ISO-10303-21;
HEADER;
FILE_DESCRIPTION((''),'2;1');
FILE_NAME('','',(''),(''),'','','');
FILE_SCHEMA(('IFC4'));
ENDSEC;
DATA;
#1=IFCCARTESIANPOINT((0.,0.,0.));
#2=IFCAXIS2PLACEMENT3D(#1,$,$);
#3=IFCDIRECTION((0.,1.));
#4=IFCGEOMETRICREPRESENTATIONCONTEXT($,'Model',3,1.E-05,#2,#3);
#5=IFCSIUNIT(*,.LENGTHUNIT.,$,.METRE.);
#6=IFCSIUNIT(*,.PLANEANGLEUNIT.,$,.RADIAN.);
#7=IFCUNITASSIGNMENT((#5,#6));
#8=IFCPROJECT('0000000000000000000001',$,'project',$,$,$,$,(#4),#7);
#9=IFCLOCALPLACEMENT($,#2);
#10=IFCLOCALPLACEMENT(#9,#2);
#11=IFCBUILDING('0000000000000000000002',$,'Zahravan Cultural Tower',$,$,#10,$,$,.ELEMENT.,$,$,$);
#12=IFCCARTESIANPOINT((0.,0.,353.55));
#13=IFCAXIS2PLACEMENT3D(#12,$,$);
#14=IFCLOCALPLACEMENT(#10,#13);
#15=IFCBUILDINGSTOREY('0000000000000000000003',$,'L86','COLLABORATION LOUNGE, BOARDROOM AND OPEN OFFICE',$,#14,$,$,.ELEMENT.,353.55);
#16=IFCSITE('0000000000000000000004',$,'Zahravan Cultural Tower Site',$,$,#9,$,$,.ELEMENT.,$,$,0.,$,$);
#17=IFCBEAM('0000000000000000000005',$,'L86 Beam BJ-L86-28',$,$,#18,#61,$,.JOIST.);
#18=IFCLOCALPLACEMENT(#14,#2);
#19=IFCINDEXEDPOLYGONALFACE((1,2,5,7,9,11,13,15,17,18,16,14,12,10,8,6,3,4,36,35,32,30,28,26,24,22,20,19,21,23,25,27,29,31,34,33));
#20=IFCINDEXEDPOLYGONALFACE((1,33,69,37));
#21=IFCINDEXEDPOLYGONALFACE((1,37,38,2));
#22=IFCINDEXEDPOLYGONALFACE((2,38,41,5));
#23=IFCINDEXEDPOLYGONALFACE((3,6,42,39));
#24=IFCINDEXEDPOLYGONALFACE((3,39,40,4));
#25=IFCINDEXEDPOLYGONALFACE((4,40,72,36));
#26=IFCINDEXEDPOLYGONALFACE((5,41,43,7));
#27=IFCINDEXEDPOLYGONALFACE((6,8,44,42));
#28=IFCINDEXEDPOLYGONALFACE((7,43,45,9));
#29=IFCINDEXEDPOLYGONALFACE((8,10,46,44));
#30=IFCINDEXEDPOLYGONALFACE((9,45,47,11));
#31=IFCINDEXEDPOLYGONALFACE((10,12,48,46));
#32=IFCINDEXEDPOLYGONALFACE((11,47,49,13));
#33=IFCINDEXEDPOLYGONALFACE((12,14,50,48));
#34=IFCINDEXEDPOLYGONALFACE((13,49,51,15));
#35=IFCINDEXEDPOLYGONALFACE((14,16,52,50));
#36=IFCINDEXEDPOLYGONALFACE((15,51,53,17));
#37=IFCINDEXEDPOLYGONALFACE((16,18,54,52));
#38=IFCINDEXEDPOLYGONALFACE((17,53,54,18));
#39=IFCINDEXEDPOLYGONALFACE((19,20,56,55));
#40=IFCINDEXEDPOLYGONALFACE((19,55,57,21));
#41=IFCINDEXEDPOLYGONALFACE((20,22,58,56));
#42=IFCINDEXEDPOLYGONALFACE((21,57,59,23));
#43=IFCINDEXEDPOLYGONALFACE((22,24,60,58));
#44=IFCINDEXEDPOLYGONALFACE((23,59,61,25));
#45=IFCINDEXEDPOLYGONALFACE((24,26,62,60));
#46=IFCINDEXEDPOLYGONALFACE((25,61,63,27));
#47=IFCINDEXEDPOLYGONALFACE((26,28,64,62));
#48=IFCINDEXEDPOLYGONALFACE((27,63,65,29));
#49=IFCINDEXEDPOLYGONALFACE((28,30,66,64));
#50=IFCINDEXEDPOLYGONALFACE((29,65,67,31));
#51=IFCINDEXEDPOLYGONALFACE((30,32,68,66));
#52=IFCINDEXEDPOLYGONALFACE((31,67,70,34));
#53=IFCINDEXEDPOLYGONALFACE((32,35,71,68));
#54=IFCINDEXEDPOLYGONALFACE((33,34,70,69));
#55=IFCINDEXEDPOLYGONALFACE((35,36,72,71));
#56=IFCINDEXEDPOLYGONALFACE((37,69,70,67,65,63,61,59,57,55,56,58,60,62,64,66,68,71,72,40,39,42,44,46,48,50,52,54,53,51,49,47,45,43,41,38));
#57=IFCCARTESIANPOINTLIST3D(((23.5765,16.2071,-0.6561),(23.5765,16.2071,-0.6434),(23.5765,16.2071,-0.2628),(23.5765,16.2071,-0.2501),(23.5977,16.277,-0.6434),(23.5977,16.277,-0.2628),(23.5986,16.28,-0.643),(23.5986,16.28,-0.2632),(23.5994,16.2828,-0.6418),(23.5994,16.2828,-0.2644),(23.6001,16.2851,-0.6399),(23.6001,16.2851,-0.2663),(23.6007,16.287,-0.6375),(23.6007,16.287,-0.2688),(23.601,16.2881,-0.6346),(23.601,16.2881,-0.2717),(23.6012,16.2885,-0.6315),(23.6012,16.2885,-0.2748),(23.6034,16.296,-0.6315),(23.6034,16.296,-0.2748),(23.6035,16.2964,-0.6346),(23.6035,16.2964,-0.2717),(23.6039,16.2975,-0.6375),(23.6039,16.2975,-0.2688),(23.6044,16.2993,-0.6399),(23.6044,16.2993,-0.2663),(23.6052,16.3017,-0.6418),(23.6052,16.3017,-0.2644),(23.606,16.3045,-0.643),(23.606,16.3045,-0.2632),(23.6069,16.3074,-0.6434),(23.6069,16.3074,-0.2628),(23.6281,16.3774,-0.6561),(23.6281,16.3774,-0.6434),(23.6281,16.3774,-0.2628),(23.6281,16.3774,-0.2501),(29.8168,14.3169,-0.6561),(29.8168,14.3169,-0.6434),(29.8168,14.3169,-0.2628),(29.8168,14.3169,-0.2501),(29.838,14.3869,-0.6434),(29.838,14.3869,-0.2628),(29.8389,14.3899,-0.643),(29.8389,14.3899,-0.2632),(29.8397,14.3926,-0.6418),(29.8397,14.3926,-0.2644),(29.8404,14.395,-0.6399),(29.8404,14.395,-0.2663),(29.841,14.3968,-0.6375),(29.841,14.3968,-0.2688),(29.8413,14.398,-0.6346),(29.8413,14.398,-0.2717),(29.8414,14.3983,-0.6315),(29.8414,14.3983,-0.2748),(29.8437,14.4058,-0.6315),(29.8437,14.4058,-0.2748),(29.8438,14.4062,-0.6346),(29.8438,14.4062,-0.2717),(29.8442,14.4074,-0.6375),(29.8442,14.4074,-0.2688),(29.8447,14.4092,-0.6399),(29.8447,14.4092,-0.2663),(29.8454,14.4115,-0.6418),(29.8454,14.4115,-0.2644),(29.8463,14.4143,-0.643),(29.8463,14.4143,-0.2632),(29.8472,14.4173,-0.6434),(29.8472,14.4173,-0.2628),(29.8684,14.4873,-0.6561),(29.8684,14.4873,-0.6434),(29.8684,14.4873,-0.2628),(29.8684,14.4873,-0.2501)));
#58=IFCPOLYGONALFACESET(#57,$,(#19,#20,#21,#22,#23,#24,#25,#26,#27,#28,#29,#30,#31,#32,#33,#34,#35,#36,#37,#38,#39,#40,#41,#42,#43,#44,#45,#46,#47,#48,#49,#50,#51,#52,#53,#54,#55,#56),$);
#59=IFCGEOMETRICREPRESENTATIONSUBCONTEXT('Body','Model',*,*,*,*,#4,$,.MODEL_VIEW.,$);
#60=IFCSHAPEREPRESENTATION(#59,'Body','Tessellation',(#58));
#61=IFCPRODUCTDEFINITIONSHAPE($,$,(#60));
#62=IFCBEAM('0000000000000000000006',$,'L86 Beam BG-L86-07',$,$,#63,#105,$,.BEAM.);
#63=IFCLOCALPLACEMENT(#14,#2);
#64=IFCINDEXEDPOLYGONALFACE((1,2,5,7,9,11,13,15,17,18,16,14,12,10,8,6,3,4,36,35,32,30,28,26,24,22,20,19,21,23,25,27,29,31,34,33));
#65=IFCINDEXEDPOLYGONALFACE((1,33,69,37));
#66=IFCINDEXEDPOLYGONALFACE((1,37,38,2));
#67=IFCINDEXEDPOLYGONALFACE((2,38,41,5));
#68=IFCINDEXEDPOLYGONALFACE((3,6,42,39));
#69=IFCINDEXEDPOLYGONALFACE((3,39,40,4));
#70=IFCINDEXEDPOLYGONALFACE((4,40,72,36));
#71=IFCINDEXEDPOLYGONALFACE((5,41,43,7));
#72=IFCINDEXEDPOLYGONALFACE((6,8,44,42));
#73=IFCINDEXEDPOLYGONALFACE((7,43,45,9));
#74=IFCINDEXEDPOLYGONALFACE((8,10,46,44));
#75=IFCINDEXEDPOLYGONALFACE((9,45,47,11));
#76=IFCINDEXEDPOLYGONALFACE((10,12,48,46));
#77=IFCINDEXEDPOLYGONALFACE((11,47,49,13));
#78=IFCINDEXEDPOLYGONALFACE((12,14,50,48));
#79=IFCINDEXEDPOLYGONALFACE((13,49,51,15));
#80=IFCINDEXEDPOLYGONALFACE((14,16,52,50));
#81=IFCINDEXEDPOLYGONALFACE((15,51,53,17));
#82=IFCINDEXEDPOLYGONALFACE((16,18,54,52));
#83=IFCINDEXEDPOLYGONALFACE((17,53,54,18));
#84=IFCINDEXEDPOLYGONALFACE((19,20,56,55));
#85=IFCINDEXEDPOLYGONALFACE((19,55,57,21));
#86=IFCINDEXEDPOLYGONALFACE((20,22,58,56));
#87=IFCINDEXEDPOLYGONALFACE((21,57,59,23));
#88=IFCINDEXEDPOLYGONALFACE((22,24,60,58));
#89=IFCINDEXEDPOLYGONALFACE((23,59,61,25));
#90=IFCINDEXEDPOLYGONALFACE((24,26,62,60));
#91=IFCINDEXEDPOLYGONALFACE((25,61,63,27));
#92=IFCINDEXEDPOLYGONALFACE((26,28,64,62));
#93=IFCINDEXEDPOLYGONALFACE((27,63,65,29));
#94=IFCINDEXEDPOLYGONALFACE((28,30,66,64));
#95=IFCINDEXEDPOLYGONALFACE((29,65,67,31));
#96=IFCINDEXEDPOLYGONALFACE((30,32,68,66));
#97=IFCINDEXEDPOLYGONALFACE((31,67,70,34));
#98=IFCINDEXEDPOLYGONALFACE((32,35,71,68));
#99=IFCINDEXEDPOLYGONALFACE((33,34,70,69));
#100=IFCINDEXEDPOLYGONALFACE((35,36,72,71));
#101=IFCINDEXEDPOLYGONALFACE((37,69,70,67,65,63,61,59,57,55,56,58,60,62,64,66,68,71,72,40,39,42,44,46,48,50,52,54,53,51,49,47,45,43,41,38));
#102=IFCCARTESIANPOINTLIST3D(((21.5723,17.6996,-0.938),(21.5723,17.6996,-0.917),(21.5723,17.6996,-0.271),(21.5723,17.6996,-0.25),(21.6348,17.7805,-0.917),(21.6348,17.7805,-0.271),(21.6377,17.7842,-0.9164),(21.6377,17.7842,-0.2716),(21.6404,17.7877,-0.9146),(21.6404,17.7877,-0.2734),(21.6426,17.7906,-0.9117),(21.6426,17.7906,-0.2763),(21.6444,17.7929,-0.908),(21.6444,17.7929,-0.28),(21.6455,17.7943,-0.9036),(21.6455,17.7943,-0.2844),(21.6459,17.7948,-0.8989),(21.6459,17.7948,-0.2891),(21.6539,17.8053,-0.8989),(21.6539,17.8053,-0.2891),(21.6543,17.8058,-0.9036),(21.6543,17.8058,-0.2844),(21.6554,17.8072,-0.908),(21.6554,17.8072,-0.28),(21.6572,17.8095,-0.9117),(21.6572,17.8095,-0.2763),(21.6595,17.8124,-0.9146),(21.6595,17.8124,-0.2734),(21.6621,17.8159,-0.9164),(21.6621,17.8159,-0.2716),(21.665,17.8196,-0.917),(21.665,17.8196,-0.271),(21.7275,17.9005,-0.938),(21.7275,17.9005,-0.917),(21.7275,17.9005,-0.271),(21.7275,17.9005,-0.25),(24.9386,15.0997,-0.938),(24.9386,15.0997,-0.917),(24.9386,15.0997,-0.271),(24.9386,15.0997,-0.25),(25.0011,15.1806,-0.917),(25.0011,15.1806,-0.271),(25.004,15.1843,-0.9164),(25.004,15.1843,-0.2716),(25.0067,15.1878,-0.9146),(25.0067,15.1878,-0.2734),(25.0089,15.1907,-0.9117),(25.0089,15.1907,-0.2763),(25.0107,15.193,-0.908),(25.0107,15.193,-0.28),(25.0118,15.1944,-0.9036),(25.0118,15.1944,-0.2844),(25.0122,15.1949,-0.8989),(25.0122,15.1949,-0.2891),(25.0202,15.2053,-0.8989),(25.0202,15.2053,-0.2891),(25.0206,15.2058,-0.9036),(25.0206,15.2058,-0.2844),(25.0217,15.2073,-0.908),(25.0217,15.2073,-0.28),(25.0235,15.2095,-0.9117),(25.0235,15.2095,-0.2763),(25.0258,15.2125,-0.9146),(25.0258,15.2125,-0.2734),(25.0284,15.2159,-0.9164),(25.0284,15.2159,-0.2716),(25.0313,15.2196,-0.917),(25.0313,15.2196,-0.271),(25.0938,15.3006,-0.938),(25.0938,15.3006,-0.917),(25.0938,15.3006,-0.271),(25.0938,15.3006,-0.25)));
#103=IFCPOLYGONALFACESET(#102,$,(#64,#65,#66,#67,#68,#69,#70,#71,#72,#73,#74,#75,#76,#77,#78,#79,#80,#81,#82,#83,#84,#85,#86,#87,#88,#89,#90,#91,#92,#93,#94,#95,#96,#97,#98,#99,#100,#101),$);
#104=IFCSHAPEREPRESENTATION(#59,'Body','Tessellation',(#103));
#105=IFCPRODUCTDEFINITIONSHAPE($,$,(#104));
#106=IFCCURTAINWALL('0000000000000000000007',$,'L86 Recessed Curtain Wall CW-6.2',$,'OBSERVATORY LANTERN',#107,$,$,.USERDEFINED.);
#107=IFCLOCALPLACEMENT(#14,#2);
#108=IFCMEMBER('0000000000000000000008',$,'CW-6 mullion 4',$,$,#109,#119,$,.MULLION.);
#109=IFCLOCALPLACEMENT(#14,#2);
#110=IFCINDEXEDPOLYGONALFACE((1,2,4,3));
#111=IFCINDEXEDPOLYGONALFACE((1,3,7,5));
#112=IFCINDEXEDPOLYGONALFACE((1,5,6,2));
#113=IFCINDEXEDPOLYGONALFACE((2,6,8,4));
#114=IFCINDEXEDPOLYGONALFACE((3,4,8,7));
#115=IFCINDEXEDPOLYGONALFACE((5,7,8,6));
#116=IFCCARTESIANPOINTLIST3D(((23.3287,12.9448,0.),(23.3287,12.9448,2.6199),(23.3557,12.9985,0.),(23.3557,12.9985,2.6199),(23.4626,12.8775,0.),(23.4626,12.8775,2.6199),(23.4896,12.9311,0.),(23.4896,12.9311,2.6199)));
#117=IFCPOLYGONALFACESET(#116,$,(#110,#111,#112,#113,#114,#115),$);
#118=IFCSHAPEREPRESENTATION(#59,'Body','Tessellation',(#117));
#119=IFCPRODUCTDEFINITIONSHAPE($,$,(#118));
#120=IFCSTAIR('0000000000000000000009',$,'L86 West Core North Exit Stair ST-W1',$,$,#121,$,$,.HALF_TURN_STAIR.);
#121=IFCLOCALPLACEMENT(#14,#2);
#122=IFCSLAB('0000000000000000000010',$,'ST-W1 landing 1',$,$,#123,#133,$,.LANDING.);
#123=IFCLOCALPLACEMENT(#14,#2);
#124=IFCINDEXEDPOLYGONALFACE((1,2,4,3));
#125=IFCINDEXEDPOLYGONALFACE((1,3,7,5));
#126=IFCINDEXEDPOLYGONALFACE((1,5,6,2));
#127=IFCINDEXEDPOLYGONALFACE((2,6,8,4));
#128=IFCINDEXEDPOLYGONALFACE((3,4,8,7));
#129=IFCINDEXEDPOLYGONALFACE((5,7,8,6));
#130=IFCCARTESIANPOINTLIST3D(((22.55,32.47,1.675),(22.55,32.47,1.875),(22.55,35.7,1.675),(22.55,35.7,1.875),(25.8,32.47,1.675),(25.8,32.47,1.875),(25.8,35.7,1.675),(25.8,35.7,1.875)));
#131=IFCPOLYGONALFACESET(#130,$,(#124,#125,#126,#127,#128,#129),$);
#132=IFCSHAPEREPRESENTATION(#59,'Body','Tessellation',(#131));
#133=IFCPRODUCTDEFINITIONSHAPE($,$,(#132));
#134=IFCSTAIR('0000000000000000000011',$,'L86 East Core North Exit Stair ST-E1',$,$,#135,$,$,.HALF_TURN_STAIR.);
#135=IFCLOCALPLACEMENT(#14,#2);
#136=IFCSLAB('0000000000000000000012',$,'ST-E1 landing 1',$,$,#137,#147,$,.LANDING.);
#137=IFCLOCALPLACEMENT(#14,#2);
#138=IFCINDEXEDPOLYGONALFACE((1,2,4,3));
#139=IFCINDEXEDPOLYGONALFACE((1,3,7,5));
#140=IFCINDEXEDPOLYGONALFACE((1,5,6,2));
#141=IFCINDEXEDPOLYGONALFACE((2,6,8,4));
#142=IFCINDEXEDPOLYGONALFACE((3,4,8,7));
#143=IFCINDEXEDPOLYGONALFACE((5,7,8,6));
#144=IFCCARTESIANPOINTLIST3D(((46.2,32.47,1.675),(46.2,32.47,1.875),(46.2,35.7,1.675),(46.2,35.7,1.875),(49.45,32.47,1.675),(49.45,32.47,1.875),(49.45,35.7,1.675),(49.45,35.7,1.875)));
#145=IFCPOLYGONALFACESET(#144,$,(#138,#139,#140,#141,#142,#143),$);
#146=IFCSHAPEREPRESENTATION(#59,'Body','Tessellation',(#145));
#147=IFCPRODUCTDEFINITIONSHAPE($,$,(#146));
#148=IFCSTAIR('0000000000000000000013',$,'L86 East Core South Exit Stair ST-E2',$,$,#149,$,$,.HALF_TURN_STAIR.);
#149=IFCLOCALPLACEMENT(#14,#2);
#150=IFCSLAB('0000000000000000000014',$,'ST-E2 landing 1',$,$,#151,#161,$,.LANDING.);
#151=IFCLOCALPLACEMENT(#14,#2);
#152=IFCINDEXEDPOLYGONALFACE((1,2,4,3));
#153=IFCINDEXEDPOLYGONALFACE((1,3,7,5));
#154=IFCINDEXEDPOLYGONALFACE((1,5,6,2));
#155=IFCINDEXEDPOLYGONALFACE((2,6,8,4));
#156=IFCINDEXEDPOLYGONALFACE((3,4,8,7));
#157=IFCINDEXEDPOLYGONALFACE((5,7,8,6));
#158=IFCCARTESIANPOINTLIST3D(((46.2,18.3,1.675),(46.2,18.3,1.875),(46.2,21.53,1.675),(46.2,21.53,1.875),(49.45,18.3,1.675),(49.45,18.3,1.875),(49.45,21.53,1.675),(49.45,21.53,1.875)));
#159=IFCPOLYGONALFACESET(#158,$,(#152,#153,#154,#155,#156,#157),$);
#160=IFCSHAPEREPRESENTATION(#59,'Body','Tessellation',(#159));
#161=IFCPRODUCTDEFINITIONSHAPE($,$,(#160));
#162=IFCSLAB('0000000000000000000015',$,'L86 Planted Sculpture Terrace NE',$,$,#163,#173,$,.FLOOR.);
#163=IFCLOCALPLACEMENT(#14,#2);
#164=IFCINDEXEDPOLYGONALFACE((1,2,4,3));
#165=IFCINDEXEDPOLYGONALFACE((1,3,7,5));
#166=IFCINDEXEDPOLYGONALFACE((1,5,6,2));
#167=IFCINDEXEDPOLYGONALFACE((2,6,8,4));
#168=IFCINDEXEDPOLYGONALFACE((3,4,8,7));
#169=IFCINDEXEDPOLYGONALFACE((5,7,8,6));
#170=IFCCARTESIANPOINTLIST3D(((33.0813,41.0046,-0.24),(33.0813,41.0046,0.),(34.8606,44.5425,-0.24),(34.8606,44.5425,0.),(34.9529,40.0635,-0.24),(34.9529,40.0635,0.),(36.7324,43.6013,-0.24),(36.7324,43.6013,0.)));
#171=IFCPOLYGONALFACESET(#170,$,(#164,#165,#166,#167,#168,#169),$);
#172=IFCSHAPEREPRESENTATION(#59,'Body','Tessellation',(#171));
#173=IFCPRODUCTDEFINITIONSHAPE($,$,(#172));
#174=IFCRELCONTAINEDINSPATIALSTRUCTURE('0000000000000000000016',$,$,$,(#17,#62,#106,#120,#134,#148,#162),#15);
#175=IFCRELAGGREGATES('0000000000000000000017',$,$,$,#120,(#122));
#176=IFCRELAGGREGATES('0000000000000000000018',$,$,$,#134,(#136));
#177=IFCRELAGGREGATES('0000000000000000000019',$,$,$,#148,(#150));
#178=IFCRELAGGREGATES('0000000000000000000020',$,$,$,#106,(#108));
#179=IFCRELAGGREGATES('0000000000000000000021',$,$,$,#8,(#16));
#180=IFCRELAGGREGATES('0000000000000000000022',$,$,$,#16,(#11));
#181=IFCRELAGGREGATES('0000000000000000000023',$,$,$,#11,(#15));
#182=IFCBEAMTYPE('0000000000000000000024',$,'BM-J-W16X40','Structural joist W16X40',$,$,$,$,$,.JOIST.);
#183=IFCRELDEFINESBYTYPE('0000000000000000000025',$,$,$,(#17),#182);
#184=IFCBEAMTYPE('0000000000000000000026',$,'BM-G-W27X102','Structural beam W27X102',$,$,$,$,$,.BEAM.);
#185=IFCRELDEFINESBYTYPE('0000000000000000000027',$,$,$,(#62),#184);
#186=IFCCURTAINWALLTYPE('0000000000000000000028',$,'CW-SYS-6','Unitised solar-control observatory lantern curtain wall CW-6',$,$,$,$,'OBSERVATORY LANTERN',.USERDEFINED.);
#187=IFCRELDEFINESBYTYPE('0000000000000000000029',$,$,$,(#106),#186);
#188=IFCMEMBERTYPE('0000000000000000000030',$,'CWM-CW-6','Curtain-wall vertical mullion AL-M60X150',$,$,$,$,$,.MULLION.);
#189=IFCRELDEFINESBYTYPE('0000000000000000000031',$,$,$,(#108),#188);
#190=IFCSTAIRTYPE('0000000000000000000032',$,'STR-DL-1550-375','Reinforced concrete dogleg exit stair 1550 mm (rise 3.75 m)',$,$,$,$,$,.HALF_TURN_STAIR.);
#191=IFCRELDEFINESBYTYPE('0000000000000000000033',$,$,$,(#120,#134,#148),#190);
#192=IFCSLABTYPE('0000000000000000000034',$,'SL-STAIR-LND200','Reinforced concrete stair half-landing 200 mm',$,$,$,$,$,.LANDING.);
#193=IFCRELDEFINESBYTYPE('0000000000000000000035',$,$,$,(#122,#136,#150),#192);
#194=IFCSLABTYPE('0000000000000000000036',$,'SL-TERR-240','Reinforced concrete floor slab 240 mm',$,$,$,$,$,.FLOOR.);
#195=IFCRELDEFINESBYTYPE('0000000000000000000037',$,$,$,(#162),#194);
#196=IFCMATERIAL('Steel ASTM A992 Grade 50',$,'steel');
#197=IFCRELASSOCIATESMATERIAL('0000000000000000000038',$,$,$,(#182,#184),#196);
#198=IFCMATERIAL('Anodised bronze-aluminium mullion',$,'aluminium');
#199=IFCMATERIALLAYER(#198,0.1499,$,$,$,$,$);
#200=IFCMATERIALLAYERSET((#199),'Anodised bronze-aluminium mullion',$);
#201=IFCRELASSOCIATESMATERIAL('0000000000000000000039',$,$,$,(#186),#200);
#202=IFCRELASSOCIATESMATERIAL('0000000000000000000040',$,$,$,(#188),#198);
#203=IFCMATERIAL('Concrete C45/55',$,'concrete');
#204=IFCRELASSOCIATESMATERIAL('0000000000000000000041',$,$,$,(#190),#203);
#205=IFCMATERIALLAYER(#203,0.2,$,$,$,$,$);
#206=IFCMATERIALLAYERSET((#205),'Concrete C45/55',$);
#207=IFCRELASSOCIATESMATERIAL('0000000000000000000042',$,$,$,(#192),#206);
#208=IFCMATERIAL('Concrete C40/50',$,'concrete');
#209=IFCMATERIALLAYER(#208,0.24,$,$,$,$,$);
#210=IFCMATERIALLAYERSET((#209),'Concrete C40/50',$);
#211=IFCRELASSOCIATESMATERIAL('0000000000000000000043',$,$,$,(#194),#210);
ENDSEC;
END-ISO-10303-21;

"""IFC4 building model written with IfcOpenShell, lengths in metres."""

from ifc_helpers import new_model, si_unit, direction, frame, origin, origin_2d, place, context, subcontext, project, spatial, polyline, rectangle, i_section, outline, extrude, source, transform, mapped, material, layer, layer_set, material_profile, profile_set, type_object, element, aggregate, save


model = new_model("IFC4")

# Units and contexts
model_context = context("Model", 3, precision=1e-05, world=origin(), true_north=direction((0.0, 1.0)))
body_context = subcontext(model_context, "Body", "Model", "MODEL_VIEW")
ifc_project = project(units=[si_unit("LENGTHUNIT", "METRE"), si_unit("PLANEANGLEUNIT", "RADIAN")], contexts=[model_context])

# Site, building, storey
site_placement = place(None, origin())
site = spatial("IfcSite", under=ifc_project, at=site_placement, Name="Zahravan Cultural Tower Site", CompositionType="ELEMENT", RefElevation=0.0)
building_placement = place(site_placement, origin())
building = spatial("IfcBuilding", under=site, at=building_placement, Name="Zahravan Cultural Tower", CompositionType="ELEMENT")
storey_placement = place(building_placement, frame((0.0, 0.0, 353.55)))
storey = spatial("IfcBuildingStorey", under=building, at=storey_placement, Name="L86", Description="COLLABORATION LOUNGE, BOARDROOM AND OPEN OFFICE", CompositionType="ELEMENT", Elevation=353.55)

# Beams
ifc_material_1 = material(Name="Steel ASTM A992 Grade 50", Category="steel")
ifc_material_profile_1 = material_profile(ifc_material_1, i_section(OverallWidth=0.178, OverallDepth=0.406, WebThickness=0.0078, FlangeThickness=0.0127, FilletRadius=0.012, at=origin_2d()), Name="W16X40")
ifc_profile_set_1 = profile_set([ifc_material_profile_1], Name="Steel ASTM A992 Grade 50")
beam_type_1 = type_object("IfcBeamType", Name="BM-J-W16X40", Description="Structural joist W16X40", PredefinedType="JOIST", material=ifc_profile_set_1)
shared_shape_1 = source(origin(), body_context, "Body", "SweptSolid", [
    extrude(i_section(OverallWidth=0.178, OverallDepth=0.406, WebThickness=0.0078, FlangeThickness=0.0127, FilletRadius=0.012, at=origin_2d()), origin(), (0.0, 0.0, 1.0), 6.5203),
])
beam_1_placement = place(storey_placement, frame((23.6023, 16.2922, -0.4531), z_axis=(0.95706, -0.289889, 0.0), x_axis=(0.289889, 0.95706, 0.0)))
element("IfcBeam", 1, at=beam_1_placement, inside=storey, type_object=beam_type_1, Name="L86 Beam BJ-L86-28", PredefinedType="JOIST", context=body_context, shape_type="MappedRepresentation", body=[
    mapped(shared_shape_1, transform((0.0, 0.0, 0.0), x_axis=(1.0, 0.0, 0.0), y_axis=(0.0, 1.0, 0.0), z_axis=(0.0, 0.0, 1.0), scale=1.0)),
])
ifc_material_profile_2 = material_profile(ifc_material_1, i_section(OverallWidth=0.2539, OverallDepth=0.688, WebThickness=0.0132, FlangeThickness=0.021, FilletRadius=0.0181, at=origin_2d()), Name="W27X102")
ifc_profile_set_2 = profile_set([ifc_material_profile_2], Name="Steel ASTM A992 Grade 50")
beam_type_2 = type_object("IfcBeamType", Name="BM-G-W27X102", Description="Structural beam W27X102", PredefinedType="BEAM", material=ifc_profile_set_2)
shared_shape_2 = source(origin(), body_context, "Body", "SweptSolid", [
    extrude(i_section(OverallWidth=0.2539, OverallDepth=0.688, WebThickness=0.0132, FlangeThickness=0.021, FilletRadius=0.0181, at=origin_2d()), origin(), (0.0, 0.0, 1.0), 4.2534),
])
beam_2_placement = place(storey_placement, frame((21.6499, 17.8, -0.594), z_axis=(0.791434, -0.611255, 0.0), x_axis=(0.611255, 0.791434, 0.0)))
element("IfcBeam", 2, at=beam_2_placement, inside=storey, type_object=beam_type_2, Name="L86 Beam BG-L86-07", PredefinedType="BEAM", context=body_context, shape_type="MappedRepresentation", body=[
    mapped(shared_shape_2, transform((0.0, 0.0, 0.0), x_axis=(1.0, 0.0, 0.0), y_axis=(0.0, 1.0, 0.0), z_axis=(0.0, 0.0, 1.0), scale=1.0)),
])

# Curtain wall, member
ifc_material_2 = material(Name="Anodised bronze-aluminium mullion", Category="aluminium")
ifc_layer_1 = layer(ifc_material_2, 0.1499)
ifc_layer_set_1 = layer_set([ifc_layer_1], Name="Anodised bronze-aluminium mullion")
curtain_wall_type = type_object("IfcCurtainWallType", Name="CW-SYS-6", Description="Unitised solar-control observatory lantern curtain wall CW-6", ElementType="OBSERVATORY LANTERN", PredefinedType="USERDEFINED", material=ifc_layer_set_1)
curtain_wall_placement = place(storey_placement, origin())
curtain_wall = element("IfcCurtainWall", 3, at=curtain_wall_placement, inside=storey, type_object=curtain_wall_type, Name="L86 Recessed Curtain Wall CW-6.2", ObjectType="OBSERVATORY LANTERN", PredefinedType="USERDEFINED")
ifc_material_profile_3 = material_profile(ifc_material_2, rectangle(XDim=0.0601, YDim=0.1499, at=origin_2d()), Name="AL-M60X150")
ifc_profile_set_3 = profile_set([ifc_material_profile_3], Name="Anodised bronze-aluminium mullion")
member_type = type_object("IfcMemberType", Name="CWM-CW-6", Description="Curtain-wall vertical mullion AL-M60X150", PredefinedType="MULLION", material=ifc_profile_set_3)
shared_shape_3 = source(origin(), body_context, "Body", "SweptSolid", [
    extrude(rectangle(XDim=0.0601, YDim=0.1499, at=origin_2d()), origin(), (0.0, 0.0, 1.0), 2.6199),
])
member_placement = place(storey_placement, frame((23.4092, 12.938, 0.0), z_axis=(0.0, 0.0, 1.0), x_axis=(-0.449317, -0.893372, 0.0)))
member = element("IfcMember", 4, at=member_placement, type_object=member_type, Name="CW-6 mullion 4", PredefinedType="MULLION", context=body_context, shape_type="MappedRepresentation", body=[
    mapped(shared_shape_3, transform((0.0, 0.0, 0.0), x_axis=(1.0, 0.0, 0.0), y_axis=(0.0, 1.0, 0.0), z_axis=(0.0, 0.0, 1.0), scale=1.0)),
])

# Stairs, slabs
ifc_material_3 = material(Name="Concrete C45/55", Category="concrete")
stair_type = type_object("IfcStairType", Name="STR-DL-1550-375", Description="Reinforced concrete dogleg exit stair 1550 mm (rise 3.75 m)", PredefinedType="HALF_TURN_STAIR", material=ifc_material_3)
stair_1_placement = place(storey_placement, origin())
stair_1 = element("IfcStair", 5, at=stair_1_placement, inside=storey, type_object=stair_type, Name="L86 West Core North Exit Stair ST-W1", PredefinedType="HALF_TURN_STAIR")
ifc_layer_2 = layer(ifc_material_3, 0.2)
ifc_layer_set_2 = layer_set([ifc_layer_2], Name="Concrete C45/55")
slab_type_1 = type_object("IfcSlabType", Name="SL-STAIR-LND200", Description="Reinforced concrete stair half-landing 200 mm", PredefinedType="LANDING", material=ifc_layer_set_2)
slab_1_placement = place(storey_placement, frame((0.0, 0.0, 1.675)))
slab_1 = element("IfcSlab", 6, at=slab_1_placement, type_object=slab_type_1, Name="ST-W1 landing 1", PredefinedType="LANDING", context=body_context, shape_type="SweptSolid", body=[
    extrude(outline(polyline([(25.8, 32.47), (25.8, 35.7), (22.55, 35.7), (22.55, 32.47), (25.8, 32.47)])), origin(), (0.0, 0.0, 1.0), 0.2),
])
aggregate(stair_1, [slab_1])
stair_2_placement = place(storey_placement, origin())
stair_2 = element("IfcStair", 7, at=stair_2_placement, inside=storey, type_object=stair_type, Name="L86 East Core North Exit Stair ST-E1", PredefinedType="HALF_TURN_STAIR")
slab_2_placement = place(storey_placement, frame((0.0, 0.0, 1.675)))
slab_2 = element("IfcSlab", 8, at=slab_2_placement, type_object=slab_type_1, Name="ST-E1 landing 1", PredefinedType="LANDING", context=body_context, shape_type="SweptSolid", body=[
    extrude(outline(polyline([(49.45, 32.47), (49.45, 35.7), (46.2, 35.7), (46.2, 32.47), (49.45, 32.47)])), origin(), (0.0, 0.0, 1.0), 0.2),
])
aggregate(stair_2, [slab_2])
stair_3_placement = place(storey_placement, origin())
stair_3 = element("IfcStair", 9, at=stair_3_placement, inside=storey, type_object=stair_type, Name="L86 East Core South Exit Stair ST-E2", PredefinedType="HALF_TURN_STAIR")
slab_3_placement = place(storey_placement, frame((0.0, 0.0, 1.675)))
slab_3 = element("IfcSlab", 10, at=slab_3_placement, type_object=slab_type_1, Name="ST-E2 landing 1", PredefinedType="LANDING", context=body_context, shape_type="SweptSolid", body=[
    extrude(outline(polyline([(46.2, 21.53), (46.2, 18.3), (49.45, 18.3), (49.45, 21.53), (46.2, 21.53)])), origin(), (0.0, 0.0, 1.0), 0.2),
])
aggregate(stair_3, [slab_3])

# Slab
ifc_material_4 = material(Name="Concrete C40/50", Category="concrete")
ifc_layer_3 = layer(ifc_material_4, 0.24)
ifc_layer_set_3 = layer_set([ifc_layer_3], Name="Concrete C40/50")
slab_type_2 = type_object("IfcSlabType", Name="SL-TERR-240", Description="Reinforced concrete floor slab 240 mm", PredefinedType="FLOOR", material=ifc_layer_set_3)
slab_4_placement = place(storey_placement, frame((0.0, 0.0, -0.24)))
element("IfcSlab", 11, at=slab_4_placement, inside=storey, type_object=slab_type_2, Name="L86 Planted Sculpture Terrace NE", PredefinedType="FLOOR", context=body_context, shape_type="SweptSolid", body=[
    extrude(outline(polyline([(33.0813, 41.0046), (34.9529, 40.0635), (36.7324, 43.6013), (34.8606, 44.5425), (33.0813, 41.0046)])), origin(), (0.0, 0.0, 1.0), 0.24),
])

aggregate(curtain_wall, [member])

save(model, "model.ifc")
